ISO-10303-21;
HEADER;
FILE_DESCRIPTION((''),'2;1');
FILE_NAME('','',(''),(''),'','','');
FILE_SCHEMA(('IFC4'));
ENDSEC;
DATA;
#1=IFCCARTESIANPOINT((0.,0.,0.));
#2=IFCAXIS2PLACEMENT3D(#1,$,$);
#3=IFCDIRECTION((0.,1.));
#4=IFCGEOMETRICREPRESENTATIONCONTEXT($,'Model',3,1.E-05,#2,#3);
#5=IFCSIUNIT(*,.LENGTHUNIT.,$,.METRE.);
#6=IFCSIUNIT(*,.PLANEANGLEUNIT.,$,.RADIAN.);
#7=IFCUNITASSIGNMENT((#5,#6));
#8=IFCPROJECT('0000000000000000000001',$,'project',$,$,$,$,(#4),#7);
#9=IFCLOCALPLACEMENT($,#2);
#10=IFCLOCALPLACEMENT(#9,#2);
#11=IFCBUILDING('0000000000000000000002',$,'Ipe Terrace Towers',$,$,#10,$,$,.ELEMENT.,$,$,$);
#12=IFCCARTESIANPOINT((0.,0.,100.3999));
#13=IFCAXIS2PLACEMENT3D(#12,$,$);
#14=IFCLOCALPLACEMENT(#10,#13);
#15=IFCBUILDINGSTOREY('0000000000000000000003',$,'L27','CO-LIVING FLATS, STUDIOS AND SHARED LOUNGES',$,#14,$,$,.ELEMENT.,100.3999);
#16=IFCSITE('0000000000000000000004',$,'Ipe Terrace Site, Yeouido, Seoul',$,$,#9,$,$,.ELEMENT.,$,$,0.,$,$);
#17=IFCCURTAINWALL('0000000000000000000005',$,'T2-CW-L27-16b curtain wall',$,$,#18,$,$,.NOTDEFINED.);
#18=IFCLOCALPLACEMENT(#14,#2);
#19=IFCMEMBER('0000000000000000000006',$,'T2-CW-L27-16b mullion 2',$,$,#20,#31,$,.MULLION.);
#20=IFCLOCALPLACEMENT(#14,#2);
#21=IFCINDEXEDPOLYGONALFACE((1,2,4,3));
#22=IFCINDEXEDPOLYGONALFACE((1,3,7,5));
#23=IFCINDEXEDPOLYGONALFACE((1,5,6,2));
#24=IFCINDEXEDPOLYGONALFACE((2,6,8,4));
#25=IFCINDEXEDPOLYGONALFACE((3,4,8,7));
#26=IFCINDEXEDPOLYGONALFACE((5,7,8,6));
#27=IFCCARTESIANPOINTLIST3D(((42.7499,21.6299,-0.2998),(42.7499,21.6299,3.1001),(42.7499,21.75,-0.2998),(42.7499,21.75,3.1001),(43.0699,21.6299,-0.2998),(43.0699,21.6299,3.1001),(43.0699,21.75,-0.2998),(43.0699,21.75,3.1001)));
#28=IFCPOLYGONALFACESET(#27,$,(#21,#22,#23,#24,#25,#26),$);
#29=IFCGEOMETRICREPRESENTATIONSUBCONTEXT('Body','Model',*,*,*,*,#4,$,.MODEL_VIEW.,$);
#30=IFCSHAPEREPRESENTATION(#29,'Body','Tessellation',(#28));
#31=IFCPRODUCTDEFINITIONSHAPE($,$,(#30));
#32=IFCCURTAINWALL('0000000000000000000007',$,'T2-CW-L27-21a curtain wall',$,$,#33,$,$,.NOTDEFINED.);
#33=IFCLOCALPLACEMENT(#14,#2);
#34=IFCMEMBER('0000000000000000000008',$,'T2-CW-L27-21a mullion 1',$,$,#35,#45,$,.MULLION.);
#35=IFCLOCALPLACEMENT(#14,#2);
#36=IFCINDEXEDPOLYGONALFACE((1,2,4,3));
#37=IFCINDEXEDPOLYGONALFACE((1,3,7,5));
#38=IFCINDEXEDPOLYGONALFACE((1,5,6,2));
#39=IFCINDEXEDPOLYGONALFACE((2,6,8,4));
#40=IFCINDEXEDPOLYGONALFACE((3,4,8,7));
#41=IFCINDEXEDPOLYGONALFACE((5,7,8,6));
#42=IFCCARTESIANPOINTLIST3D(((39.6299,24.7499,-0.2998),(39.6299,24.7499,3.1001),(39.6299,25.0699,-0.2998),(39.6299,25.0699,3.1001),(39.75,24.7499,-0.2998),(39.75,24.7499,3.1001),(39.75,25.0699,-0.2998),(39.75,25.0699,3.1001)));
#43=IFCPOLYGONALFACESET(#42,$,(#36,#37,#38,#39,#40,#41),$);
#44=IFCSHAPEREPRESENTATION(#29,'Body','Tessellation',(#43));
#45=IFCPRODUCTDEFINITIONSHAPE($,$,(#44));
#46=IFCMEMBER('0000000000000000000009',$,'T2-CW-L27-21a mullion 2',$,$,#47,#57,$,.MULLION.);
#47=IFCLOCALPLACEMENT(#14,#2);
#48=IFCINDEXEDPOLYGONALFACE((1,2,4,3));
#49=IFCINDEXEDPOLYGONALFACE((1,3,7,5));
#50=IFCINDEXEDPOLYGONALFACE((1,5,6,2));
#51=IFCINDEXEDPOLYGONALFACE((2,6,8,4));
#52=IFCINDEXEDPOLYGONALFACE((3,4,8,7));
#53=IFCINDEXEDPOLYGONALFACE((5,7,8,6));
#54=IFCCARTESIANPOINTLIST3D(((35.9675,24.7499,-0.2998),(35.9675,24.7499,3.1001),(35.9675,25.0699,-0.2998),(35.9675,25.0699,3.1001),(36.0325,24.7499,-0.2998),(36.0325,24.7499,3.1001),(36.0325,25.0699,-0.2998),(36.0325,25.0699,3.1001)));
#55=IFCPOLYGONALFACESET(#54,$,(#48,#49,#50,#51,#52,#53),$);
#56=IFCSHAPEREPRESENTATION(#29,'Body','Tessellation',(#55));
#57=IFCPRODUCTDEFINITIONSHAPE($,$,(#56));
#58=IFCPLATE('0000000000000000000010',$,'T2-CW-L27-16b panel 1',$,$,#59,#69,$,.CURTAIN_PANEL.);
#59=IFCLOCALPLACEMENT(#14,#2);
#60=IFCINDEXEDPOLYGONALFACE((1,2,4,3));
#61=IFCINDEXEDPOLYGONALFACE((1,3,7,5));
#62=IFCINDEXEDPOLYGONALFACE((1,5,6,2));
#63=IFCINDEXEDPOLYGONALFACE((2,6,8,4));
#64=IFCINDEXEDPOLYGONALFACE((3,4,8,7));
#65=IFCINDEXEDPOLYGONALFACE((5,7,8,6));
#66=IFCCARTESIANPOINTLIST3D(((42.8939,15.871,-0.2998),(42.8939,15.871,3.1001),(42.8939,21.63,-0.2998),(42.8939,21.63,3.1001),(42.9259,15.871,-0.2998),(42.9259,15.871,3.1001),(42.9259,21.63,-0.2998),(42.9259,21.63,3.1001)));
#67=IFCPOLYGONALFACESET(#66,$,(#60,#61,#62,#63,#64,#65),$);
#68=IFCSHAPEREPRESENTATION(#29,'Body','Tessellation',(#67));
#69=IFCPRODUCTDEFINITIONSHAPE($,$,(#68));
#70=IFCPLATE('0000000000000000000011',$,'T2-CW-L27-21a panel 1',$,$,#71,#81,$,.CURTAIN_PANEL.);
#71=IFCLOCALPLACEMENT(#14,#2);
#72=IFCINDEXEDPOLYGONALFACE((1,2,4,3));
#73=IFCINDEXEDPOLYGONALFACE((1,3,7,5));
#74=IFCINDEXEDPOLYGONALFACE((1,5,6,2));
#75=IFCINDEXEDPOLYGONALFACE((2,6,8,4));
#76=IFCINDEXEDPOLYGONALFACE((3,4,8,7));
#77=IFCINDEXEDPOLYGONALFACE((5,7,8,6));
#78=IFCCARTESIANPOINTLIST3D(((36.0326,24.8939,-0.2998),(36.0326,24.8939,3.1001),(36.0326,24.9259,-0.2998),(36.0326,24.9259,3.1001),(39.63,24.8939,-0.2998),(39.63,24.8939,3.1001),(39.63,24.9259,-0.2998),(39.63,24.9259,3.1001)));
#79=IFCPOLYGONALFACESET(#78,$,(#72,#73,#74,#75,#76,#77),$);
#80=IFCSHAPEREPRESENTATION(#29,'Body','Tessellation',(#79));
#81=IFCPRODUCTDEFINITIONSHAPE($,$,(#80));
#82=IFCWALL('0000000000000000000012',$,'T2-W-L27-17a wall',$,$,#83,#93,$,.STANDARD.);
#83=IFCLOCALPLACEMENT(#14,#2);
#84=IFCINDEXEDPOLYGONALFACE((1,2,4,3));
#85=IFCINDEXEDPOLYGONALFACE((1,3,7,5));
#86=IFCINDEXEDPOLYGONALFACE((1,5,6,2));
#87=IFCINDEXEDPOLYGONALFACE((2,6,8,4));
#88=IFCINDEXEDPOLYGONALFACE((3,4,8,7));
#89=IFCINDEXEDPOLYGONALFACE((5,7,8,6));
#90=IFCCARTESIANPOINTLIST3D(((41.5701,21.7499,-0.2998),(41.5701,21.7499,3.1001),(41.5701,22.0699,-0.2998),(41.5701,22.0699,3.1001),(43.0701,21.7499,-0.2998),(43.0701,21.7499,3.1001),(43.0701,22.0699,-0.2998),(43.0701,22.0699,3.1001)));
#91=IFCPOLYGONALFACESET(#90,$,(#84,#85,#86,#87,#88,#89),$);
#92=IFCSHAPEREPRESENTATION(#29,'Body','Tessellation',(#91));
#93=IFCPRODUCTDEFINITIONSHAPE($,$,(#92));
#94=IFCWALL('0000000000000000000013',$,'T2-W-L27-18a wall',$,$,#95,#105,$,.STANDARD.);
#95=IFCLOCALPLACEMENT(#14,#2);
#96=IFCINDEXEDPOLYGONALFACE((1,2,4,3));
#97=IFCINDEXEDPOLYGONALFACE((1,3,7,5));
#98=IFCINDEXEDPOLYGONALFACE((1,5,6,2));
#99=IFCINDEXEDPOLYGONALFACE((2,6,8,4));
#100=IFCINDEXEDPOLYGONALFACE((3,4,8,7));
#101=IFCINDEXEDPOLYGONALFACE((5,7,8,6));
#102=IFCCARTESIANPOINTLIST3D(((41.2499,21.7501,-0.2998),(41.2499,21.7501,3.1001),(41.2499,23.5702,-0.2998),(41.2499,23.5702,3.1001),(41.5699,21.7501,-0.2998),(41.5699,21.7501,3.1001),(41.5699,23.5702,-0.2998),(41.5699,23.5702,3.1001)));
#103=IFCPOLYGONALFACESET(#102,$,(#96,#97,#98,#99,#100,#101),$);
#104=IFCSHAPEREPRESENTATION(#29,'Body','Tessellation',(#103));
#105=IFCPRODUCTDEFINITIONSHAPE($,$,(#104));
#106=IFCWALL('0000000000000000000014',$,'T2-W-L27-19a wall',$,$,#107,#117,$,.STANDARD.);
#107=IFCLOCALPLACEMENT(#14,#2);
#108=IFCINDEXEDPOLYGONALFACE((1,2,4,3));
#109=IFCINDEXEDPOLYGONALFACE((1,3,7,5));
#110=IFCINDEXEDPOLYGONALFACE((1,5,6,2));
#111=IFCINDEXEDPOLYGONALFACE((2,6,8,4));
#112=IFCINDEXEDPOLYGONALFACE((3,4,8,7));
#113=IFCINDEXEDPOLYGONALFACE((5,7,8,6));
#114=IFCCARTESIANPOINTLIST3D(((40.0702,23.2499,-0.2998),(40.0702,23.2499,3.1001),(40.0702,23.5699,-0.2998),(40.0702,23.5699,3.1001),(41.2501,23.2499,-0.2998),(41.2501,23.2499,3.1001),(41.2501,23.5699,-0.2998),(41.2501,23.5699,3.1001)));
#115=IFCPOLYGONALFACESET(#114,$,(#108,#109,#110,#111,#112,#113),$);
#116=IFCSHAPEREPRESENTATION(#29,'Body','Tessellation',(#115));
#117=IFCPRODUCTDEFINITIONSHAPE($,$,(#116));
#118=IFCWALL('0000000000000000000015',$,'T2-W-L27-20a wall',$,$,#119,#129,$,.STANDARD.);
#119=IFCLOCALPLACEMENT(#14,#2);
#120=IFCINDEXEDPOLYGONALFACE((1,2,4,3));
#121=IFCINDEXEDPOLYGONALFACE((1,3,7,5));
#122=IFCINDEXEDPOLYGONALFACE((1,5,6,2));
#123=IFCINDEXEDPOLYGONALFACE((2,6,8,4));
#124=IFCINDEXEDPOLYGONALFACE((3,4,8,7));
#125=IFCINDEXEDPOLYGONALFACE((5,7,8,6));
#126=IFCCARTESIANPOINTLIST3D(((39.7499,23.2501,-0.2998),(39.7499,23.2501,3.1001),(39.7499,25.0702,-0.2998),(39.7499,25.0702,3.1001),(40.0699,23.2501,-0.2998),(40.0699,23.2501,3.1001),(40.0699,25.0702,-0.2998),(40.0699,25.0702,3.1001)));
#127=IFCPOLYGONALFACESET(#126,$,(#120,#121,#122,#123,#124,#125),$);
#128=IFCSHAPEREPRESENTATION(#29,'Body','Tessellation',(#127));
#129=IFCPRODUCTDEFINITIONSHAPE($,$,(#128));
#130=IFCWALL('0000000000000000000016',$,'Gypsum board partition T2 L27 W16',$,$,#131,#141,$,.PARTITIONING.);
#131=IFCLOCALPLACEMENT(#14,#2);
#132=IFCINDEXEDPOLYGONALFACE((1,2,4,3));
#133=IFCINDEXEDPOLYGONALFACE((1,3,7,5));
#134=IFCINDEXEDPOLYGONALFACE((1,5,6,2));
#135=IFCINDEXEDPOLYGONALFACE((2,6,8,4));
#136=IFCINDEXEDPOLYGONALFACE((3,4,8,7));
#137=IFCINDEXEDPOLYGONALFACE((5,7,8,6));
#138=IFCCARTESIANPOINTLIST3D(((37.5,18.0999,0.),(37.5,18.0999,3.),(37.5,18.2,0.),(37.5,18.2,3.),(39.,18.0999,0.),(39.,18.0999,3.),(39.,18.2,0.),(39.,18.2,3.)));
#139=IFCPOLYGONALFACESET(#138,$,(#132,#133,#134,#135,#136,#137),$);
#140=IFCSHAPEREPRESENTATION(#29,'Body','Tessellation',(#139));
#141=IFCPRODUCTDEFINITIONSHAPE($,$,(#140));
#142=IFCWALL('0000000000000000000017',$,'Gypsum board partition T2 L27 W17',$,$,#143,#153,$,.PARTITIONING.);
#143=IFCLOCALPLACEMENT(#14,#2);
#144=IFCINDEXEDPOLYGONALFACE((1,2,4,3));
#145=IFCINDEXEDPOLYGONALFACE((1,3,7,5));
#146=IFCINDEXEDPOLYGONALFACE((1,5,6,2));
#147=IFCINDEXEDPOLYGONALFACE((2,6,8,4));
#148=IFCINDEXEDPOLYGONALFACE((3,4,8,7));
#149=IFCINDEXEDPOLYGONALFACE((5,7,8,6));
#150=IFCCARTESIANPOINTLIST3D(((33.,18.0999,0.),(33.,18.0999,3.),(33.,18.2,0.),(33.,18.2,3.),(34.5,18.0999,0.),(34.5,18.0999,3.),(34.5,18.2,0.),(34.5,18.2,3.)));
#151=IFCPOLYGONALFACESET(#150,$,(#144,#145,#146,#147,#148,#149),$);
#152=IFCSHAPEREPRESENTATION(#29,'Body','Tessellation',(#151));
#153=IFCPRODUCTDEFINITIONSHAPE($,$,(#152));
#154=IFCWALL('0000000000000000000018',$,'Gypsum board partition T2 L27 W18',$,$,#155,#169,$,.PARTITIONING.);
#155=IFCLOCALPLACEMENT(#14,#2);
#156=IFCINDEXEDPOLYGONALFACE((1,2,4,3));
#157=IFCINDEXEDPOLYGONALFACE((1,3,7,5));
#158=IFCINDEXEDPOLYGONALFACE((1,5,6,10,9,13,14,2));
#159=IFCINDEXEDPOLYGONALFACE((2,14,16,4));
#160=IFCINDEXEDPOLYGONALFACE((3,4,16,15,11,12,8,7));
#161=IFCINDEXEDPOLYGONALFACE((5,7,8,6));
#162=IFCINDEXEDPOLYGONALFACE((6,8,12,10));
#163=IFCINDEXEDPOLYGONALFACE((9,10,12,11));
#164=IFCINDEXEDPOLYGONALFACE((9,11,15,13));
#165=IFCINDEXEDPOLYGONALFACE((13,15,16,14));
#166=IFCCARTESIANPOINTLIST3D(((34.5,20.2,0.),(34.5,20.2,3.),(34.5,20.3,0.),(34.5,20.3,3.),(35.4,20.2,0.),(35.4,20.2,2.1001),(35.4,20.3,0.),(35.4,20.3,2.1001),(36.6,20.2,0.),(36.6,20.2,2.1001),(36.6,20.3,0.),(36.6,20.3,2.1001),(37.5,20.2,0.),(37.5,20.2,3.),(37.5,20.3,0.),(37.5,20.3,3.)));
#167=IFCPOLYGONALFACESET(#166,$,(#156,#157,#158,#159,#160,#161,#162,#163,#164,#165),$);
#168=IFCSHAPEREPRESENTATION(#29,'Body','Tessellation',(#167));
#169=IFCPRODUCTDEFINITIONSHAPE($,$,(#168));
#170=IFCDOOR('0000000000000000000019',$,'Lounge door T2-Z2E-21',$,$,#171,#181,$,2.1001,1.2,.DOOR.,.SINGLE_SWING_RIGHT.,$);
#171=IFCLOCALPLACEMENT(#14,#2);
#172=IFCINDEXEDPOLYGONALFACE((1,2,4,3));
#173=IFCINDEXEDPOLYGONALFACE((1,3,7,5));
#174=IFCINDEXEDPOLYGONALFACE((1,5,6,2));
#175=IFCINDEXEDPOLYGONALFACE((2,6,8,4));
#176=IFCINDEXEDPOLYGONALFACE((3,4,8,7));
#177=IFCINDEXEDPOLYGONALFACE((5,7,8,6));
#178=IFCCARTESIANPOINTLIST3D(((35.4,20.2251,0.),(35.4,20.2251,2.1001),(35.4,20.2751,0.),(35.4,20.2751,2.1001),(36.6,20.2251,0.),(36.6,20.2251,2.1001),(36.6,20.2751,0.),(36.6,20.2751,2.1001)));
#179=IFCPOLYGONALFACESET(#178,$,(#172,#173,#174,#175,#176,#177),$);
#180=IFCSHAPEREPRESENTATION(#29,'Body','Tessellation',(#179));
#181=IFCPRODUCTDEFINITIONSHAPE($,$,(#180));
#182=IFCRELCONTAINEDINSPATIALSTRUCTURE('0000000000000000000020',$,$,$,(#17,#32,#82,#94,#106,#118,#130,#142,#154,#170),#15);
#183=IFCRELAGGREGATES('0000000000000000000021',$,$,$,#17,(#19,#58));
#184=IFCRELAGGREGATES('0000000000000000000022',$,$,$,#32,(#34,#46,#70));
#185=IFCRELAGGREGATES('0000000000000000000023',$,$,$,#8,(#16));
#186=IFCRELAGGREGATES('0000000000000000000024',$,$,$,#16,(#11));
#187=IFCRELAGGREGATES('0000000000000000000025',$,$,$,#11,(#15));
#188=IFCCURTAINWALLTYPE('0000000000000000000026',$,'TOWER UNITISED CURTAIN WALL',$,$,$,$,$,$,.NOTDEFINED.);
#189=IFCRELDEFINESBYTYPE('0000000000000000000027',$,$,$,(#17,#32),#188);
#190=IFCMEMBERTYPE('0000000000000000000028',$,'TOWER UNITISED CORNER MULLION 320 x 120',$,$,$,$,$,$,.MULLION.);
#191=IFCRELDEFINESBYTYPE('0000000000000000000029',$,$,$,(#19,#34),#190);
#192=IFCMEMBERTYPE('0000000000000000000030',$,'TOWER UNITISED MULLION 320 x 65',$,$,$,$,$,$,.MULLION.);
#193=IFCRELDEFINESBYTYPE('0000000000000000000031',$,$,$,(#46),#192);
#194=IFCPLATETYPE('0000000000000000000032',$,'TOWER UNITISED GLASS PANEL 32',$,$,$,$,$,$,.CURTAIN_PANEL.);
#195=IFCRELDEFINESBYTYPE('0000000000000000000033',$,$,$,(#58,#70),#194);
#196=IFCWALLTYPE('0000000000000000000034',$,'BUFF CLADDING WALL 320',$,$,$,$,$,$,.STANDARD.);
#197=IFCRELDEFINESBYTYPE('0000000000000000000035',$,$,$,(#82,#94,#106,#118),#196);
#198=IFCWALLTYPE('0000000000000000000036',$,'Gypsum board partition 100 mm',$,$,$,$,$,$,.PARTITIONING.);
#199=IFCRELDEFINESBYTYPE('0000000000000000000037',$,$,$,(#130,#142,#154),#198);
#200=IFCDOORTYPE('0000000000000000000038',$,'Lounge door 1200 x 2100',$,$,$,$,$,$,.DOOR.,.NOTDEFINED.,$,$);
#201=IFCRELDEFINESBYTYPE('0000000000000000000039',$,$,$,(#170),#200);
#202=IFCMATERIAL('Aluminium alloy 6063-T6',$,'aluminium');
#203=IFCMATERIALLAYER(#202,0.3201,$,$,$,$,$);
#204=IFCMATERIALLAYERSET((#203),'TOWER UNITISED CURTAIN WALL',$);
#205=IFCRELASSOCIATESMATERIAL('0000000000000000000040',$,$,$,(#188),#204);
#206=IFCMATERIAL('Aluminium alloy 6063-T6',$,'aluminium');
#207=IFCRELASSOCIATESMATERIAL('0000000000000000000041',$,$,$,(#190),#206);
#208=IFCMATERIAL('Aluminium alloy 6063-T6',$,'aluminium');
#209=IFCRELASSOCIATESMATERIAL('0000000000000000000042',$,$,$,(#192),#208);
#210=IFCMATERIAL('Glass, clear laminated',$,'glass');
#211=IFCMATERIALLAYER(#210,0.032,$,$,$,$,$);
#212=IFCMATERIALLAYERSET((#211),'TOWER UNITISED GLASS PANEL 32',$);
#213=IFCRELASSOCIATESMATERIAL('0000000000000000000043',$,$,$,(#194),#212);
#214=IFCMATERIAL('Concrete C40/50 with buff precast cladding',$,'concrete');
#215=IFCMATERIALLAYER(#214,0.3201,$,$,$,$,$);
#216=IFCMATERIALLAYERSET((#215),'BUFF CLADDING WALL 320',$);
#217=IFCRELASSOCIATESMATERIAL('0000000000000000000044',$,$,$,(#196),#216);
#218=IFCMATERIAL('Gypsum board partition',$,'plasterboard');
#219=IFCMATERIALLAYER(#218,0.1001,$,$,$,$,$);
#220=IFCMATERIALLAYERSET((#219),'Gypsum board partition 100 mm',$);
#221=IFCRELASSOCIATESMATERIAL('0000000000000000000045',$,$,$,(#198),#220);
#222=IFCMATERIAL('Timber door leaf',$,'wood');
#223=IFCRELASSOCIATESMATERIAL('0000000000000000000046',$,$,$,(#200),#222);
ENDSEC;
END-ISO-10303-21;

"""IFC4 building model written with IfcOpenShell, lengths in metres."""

from ifc_helpers import new_model, si_unit, direction, frame, frame_2d, origin, origin_2d, place, context, subcontext, project, spatial, rectangle, extrude, material, layer, layer_set, material_profile, profile_set, type_object, element, fill, aggregate, save


model = new_model("IFC4")

# Units and contexts
model_context = context("Model", 3, precision=1e-05, world=origin(), true_north=direction((0.0, 1.0)))
body_context = subcontext(model_context, "Body", "Model", "MODEL_VIEW")
ifc_project = project(units=[si_unit("LENGTHUNIT", "METRE"), si_unit("PLANEANGLEUNIT", "RADIAN")], contexts=[model_context])

# Site, building, storey
site_placement = place(None, origin())
site = spatial("IfcSite", under=ifc_project, at=site_placement, Name="Ipe Terrace Site, Yeouido, Seoul", CompositionType="ELEMENT", RefElevation=0.0)
building_placement = place(site_placement, origin())
building = spatial("IfcBuilding", under=site, at=building_placement, Name="Ipe Terrace Towers", CompositionType="ELEMENT")
storey_placement = place(building_placement, frame((0.0, 0.0, 100.3999)))
storey = spatial("IfcBuildingStorey", under=building, at=storey_placement, Name="L27", Description="CO-LIVING FLATS, STUDIOS AND SHARED LOUNGES", CompositionType="ELEMENT", Elevation=100.3999)

# Curtain walls, members
ifc_material_1 = material(Name="Aluminium alloy 6063-T6", Category="aluminium")
ifc_layer_1 = layer(ifc_material_1, 0.3201)
ifc_layer_set_1 = layer_set([ifc_layer_1], Name="TOWER UNITISED CURTAIN WALL")
curtain_wall_type = type_object("IfcCurtainWallType", Name="TOWER UNITISED CURTAIN WALL", PredefinedType="NOTDEFINED", material=ifc_layer_set_1)
curtain_wall_1_placement = place(storey_placement, origin())
curtain_wall_1 = element("IfcCurtainWall", 1, at=curtain_wall_1_placement, inside=storey, type_object=curtain_wall_type, Name="T2-CW-L27-16b curtain wall", PredefinedType="NOTDEFINED")
ifc_material_2 = material(Name="Aluminium alloy 6063-T6", Category="aluminium")
ifc_material_profile_1 = material_profile(ifc_material_2, rectangle(XDim=0.3201, YDim=0.1201, at=origin_2d()), Name="TOWER UNITISED CORNER MULLION 320 x 120")
ifc_profile_set_1 = profile_set([ifc_material_profile_1], Name="Aluminium alloy 6063-T6")
member_type_1 = type_object("IfcMemberType", Name="TOWER UNITISED CORNER MULLION 320 x 120", PredefinedType="MULLION", material=ifc_profile_set_1)
member_1_placement = place(storey_placement, frame((42.9099, 21.6899, -0.2998), z_axis=(0.0, 0.0, 1.0), x_axis=(1.0, 0.0, 0.0)))
member_1 = element("IfcMember", 2, at=member_1_placement, type_object=member_type_1, Name="T2-CW-L27-16b mullion 2", PredefinedType="MULLION", context=body_context, shape_type="SweptSolid", body=[
    extrude(rectangle(XDim=0.3201, YDim=0.1201, at=origin_2d()), origin(), (0.0, 0.0, 1.0), 3.3999),
])
curtain_wall_2_placement = place(storey_placement, origin())
curtain_wall_2 = element("IfcCurtainWall", 3, at=curtain_wall_2_placement, inside=storey, type_object=curtain_wall_type, Name="T2-CW-L27-21a curtain wall", PredefinedType="NOTDEFINED")
member_2_placement = place(storey_placement, frame((39.6899, 24.9099, -0.2998), z_axis=(0.0, 0.0, 1.0), x_axis=(0.0, 1.0, 0.0)))
member_2 = element("IfcMember", 4, at=member_2_placement, type_object=member_type_1, Name="T2-CW-L27-21a mullion 1", PredefinedType="MULLION", context=body_context, shape_type="SweptSolid", body=[
    extrude(rectangle(XDim=0.3201, YDim=0.1201, at=origin_2d()), origin(), (0.0, 0.0, 1.0), 3.3999),
])
ifc_material_3 = material(Name="Aluminium alloy 6063-T6", Category="aluminium")
ifc_material_profile_2 = material_profile(ifc_material_3, rectangle(XDim=0.3201, YDim=0.0649, at=origin_2d()), Name="TOWER UNITISED MULLION 320 x 65")
ifc_profile_set_2 = profile_set([ifc_material_profile_2], Name="Aluminium alloy 6063-T6")
member_type_2 = type_object("IfcMemberType", Name="TOWER UNITISED MULLION 320 x 65", PredefinedType="MULLION", material=ifc_profile_set_2)
member_3_placement = place(storey_placement, frame((36.0, 24.9099, -0.2998), z_axis=(0.0, 0.0, 1.0), x_axis=(0.0, 1.0, 0.0)))
member_3 = element("IfcMember", 5, at=member_3_placement, type_object=member_type_2, Name="T2-CW-L27-21a mullion 2", PredefinedType="MULLION", context=body_context, shape_type="SweptSolid", body=[
    extrude(rectangle(XDim=0.3201, YDim=0.0649, at=origin_2d()), origin(), (0.0, 0.0, 1.0), 3.3999),
])

# Plates
ifc_material_4 = material(Name="Glass, clear laminated", Category="glass")
ifc_layer_2 = layer(ifc_material_4, 0.032)
ifc_layer_set_2 = layer_set([ifc_layer_2], Name="TOWER UNITISED GLASS PANEL 32")
plate_type = type_object("IfcPlateType", Name="TOWER UNITISED GLASS PANEL 32", PredefinedType="CURTAIN_PANEL", material=ifc_layer_set_2)
plate_1_placement = place(storey_placement, frame((42.9099, 18.7505, -0.2998), z_axis=(0.0, 0.0, 1.0), x_axis=(0.0, 1.0, 0.0)))
plate_1 = element("IfcPlate", 6, at=plate_1_placement, type_object=plate_type, Name="T2-CW-L27-16b panel 1", PredefinedType="CURTAIN_PANEL", context=body_context, shape_type="SweptSolid", body=[
    extrude(rectangle(XDim=5.759, YDim=0.032, at=origin_2d()), origin(), (0.0, 0.0, 1.0), 3.3999),
])
aggregate(curtain_wall_1, [member_1, plate_1])
plate_2_placement = place(storey_placement, frame((37.8313, 24.9099, -0.2998), z_axis=(0.0, 0.0, 1.0), x_axis=(-1.0, 0.0, 0.0)))
plate_2 = element("IfcPlate", 7, at=plate_2_placement, type_object=plate_type, Name="T2-CW-L27-21a panel 1", PredefinedType="CURTAIN_PANEL", context=body_context, shape_type="SweptSolid", body=[
    extrude(rectangle(XDim=3.5974, YDim=0.032, at=origin_2d()), origin(), (0.0, 0.0, 1.0), 3.3999),
])
aggregate(curtain_wall_2, [member_2, member_3, plate_2])

# Walls
ifc_material_5 = material(Name="Concrete C40/50 with buff precast cladding", Category="concrete")
ifc_layer_3 = layer(ifc_material_5, 0.3201)
ifc_layer_set_3 = layer_set([ifc_layer_3], Name="BUFF CLADDING WALL 320")
wall_type_1 = type_object("IfcWallType", Name="BUFF CLADDING WALL 320", PredefinedType="STANDARD", material=ifc_layer_set_3)
wall_1_placement = place(storey_placement, frame((43.0701, 21.9099, -0.2998), z_axis=(0.0, 0.0, 1.0), x_axis=(-1.0, 0.0, 0.0)))
element("IfcWall", 8, at=wall_1_placement, inside=storey, type_object=wall_type_1, Name="T2-W-L27-17a wall", PredefinedType="STANDARD", context=body_context, shape_type="SweptSolid", body=[
    extrude(rectangle(XDim=1.5, YDim=0.3201, at=frame_2d((0.75, 0.0))), origin(), (0.0, 0.0, 1.0), 3.3999),
])
wall_2_placement = place(storey_placement, frame((41.4099, 21.75, -0.2998), z_axis=(0.0, 0.0, 1.0), x_axis=(0.0, 1.0, 0.0)))
element("IfcWall", 9, at=wall_2_placement, inside=storey, type_object=wall_type_1, Name="T2-W-L27-18a wall", PredefinedType="STANDARD", context=body_context, shape_type="SweptSolid", body=[
    extrude(rectangle(XDim=1.8201, YDim=0.3201, at=frame_2d((0.9102, 0.0))), origin(), (0.0, 0.0, 1.0), 3.3999),
])
wall_3_placement = place(storey_placement, frame((41.25, 23.4099, -0.2998), z_axis=(0.0, 0.0, 1.0), x_axis=(-1.0, 0.0, 0.0)))
element("IfcWall", 10, at=wall_3_placement, inside=storey, type_object=wall_type_1, Name="T2-W-L27-19a wall", PredefinedType="STANDARD", context=body_context, shape_type="SweptSolid", body=[
    extrude(rectangle(XDim=1.1799, YDim=0.3201, at=frame_2d((0.5898, 0.0))), origin(), (0.0, 0.0, 1.0), 3.3999),
])
wall_4_placement = place(storey_placement, frame((39.9099, 23.25, -0.2998), z_axis=(0.0, 0.0, 1.0), x_axis=(0.0, 1.0, 0.0)))
element("IfcWall", 11, at=wall_4_placement, inside=storey, type_object=wall_type_1, Name="T2-W-L27-20a wall", PredefinedType="STANDARD", context=body_context, shape_type="SweptSolid", body=[
    extrude(rectangle(XDim=1.8201, YDim=0.3201, at=frame_2d((0.9102, 0.0))), origin(), (0.0, 0.0, 1.0), 3.3999),
])
ifc_material_6 = material(Name="Gypsum board partition", Category="plasterboard")
ifc_layer_4 = layer(ifc_material_6, 0.1001)
ifc_layer_set_4 = layer_set([ifc_layer_4], Name="Gypsum board partition 100 mm")
wall_type_2 = type_object("IfcWallType", Name="Gypsum board partition 100 mm", PredefinedType="PARTITIONING", material=ifc_layer_set_4)
for number, where, z_axis, x_axis, name in (
    (12, (39.0, 18.1499, 0.0), (0.0, 0.0, 1.0), (-1.0, 0.0, 0.0), "Gypsum board partition T2 L27 W16"),
    (13, (34.5, 18.1499, 0.0), (0.0, 0.0, 1.0), (-1.0, 0.0, 0.0), "Gypsum board partition T2 L27 W17"),
):
    element("IfcWall", number, at=place(storey_placement, frame(where, z_axis=z_axis, x_axis=x_axis)), inside=storey, type_object=wall_type_2, Name=name, PredefinedType="PARTITIONING", context=body_context, shape_type="SweptSolid", body=[
        extrude(rectangle(XDim=1.5, YDim=0.1001, at=frame_2d((0.75, 0.0))), origin(), (0.0, 0.0, 1.0), 3.0),
    ])

# Wall, opening, door
wall_5_placement = place(storey_placement, frame((37.5, 20.25, 0.0), z_axis=(0.0, 0.0, 1.0), x_axis=(-1.0, 0.0, 0.0)))
wall_5 = element("IfcWall", 14, at=wall_5_placement, inside=storey, type_object=wall_type_2, Name="Gypsum board partition T2 L27 W18", PredefinedType="PARTITIONING", context=body_context, shape_type="SweptSolid", body=[
    extrude(rectangle(XDim=3.0, YDim=0.1001, at=frame_2d((1.5, 0.0))), origin(), (0.0, 0.0, 1.0), 3.0),
])
opening_1_placement = place(wall_5_placement, frame((0.8999, 0.0, 0.0)))
opening_1 = element("IfcOpeningElement", 15, at=opening_1_placement, cuts=wall_5, PredefinedType="OPENING", context=body_context, shape_type="SweptSolid", body=[
    extrude(rectangle(XDim=1.2, YDim=2.1001, at=frame_2d((0.6001, 1.05))), frame((0.0, 0.0601, 0.0), z_axis=(0.0, -1.0, 0.0), x_axis=(1.0, 0.0, 0.0)), (0.0, 0.0, 1.0), 0.1201),
])
ifc_material_7 = material(Name="Timber door leaf", Category="wood")
door_type_1 = type_object("IfcDoorType", Name="Lounge door 1200 x 2100", OperationType="NOTDEFINED", PredefinedType="DOOR", material=ifc_material_7)
door_1_placement = place(opening_1_placement, origin())
door_1 = element("IfcDoor", 16, at=door_1_placement, inside=storey, type_object=door_type_1, Name="Lounge door T2-Z2E-21", OperationType="SINGLE_SWING_RIGHT", OverallHeight=2.1001, OverallWidth=1.2, PredefinedType="DOOR", context=body_context, shape_type="SweptSolid", body=[
    extrude(rectangle(XDim=1.2, YDim=2.1001, at=frame_2d((0.6001, 1.05))), frame((0.0, 0.0249, 0.0), z_axis=(0.0, -1.0, 0.0), x_axis=(1.0, 0.0, 0.0)), (0.0, 0.0, 1.0), 0.05),
])
fill(opening_1, door_1)

save(model, "model.ifc")
